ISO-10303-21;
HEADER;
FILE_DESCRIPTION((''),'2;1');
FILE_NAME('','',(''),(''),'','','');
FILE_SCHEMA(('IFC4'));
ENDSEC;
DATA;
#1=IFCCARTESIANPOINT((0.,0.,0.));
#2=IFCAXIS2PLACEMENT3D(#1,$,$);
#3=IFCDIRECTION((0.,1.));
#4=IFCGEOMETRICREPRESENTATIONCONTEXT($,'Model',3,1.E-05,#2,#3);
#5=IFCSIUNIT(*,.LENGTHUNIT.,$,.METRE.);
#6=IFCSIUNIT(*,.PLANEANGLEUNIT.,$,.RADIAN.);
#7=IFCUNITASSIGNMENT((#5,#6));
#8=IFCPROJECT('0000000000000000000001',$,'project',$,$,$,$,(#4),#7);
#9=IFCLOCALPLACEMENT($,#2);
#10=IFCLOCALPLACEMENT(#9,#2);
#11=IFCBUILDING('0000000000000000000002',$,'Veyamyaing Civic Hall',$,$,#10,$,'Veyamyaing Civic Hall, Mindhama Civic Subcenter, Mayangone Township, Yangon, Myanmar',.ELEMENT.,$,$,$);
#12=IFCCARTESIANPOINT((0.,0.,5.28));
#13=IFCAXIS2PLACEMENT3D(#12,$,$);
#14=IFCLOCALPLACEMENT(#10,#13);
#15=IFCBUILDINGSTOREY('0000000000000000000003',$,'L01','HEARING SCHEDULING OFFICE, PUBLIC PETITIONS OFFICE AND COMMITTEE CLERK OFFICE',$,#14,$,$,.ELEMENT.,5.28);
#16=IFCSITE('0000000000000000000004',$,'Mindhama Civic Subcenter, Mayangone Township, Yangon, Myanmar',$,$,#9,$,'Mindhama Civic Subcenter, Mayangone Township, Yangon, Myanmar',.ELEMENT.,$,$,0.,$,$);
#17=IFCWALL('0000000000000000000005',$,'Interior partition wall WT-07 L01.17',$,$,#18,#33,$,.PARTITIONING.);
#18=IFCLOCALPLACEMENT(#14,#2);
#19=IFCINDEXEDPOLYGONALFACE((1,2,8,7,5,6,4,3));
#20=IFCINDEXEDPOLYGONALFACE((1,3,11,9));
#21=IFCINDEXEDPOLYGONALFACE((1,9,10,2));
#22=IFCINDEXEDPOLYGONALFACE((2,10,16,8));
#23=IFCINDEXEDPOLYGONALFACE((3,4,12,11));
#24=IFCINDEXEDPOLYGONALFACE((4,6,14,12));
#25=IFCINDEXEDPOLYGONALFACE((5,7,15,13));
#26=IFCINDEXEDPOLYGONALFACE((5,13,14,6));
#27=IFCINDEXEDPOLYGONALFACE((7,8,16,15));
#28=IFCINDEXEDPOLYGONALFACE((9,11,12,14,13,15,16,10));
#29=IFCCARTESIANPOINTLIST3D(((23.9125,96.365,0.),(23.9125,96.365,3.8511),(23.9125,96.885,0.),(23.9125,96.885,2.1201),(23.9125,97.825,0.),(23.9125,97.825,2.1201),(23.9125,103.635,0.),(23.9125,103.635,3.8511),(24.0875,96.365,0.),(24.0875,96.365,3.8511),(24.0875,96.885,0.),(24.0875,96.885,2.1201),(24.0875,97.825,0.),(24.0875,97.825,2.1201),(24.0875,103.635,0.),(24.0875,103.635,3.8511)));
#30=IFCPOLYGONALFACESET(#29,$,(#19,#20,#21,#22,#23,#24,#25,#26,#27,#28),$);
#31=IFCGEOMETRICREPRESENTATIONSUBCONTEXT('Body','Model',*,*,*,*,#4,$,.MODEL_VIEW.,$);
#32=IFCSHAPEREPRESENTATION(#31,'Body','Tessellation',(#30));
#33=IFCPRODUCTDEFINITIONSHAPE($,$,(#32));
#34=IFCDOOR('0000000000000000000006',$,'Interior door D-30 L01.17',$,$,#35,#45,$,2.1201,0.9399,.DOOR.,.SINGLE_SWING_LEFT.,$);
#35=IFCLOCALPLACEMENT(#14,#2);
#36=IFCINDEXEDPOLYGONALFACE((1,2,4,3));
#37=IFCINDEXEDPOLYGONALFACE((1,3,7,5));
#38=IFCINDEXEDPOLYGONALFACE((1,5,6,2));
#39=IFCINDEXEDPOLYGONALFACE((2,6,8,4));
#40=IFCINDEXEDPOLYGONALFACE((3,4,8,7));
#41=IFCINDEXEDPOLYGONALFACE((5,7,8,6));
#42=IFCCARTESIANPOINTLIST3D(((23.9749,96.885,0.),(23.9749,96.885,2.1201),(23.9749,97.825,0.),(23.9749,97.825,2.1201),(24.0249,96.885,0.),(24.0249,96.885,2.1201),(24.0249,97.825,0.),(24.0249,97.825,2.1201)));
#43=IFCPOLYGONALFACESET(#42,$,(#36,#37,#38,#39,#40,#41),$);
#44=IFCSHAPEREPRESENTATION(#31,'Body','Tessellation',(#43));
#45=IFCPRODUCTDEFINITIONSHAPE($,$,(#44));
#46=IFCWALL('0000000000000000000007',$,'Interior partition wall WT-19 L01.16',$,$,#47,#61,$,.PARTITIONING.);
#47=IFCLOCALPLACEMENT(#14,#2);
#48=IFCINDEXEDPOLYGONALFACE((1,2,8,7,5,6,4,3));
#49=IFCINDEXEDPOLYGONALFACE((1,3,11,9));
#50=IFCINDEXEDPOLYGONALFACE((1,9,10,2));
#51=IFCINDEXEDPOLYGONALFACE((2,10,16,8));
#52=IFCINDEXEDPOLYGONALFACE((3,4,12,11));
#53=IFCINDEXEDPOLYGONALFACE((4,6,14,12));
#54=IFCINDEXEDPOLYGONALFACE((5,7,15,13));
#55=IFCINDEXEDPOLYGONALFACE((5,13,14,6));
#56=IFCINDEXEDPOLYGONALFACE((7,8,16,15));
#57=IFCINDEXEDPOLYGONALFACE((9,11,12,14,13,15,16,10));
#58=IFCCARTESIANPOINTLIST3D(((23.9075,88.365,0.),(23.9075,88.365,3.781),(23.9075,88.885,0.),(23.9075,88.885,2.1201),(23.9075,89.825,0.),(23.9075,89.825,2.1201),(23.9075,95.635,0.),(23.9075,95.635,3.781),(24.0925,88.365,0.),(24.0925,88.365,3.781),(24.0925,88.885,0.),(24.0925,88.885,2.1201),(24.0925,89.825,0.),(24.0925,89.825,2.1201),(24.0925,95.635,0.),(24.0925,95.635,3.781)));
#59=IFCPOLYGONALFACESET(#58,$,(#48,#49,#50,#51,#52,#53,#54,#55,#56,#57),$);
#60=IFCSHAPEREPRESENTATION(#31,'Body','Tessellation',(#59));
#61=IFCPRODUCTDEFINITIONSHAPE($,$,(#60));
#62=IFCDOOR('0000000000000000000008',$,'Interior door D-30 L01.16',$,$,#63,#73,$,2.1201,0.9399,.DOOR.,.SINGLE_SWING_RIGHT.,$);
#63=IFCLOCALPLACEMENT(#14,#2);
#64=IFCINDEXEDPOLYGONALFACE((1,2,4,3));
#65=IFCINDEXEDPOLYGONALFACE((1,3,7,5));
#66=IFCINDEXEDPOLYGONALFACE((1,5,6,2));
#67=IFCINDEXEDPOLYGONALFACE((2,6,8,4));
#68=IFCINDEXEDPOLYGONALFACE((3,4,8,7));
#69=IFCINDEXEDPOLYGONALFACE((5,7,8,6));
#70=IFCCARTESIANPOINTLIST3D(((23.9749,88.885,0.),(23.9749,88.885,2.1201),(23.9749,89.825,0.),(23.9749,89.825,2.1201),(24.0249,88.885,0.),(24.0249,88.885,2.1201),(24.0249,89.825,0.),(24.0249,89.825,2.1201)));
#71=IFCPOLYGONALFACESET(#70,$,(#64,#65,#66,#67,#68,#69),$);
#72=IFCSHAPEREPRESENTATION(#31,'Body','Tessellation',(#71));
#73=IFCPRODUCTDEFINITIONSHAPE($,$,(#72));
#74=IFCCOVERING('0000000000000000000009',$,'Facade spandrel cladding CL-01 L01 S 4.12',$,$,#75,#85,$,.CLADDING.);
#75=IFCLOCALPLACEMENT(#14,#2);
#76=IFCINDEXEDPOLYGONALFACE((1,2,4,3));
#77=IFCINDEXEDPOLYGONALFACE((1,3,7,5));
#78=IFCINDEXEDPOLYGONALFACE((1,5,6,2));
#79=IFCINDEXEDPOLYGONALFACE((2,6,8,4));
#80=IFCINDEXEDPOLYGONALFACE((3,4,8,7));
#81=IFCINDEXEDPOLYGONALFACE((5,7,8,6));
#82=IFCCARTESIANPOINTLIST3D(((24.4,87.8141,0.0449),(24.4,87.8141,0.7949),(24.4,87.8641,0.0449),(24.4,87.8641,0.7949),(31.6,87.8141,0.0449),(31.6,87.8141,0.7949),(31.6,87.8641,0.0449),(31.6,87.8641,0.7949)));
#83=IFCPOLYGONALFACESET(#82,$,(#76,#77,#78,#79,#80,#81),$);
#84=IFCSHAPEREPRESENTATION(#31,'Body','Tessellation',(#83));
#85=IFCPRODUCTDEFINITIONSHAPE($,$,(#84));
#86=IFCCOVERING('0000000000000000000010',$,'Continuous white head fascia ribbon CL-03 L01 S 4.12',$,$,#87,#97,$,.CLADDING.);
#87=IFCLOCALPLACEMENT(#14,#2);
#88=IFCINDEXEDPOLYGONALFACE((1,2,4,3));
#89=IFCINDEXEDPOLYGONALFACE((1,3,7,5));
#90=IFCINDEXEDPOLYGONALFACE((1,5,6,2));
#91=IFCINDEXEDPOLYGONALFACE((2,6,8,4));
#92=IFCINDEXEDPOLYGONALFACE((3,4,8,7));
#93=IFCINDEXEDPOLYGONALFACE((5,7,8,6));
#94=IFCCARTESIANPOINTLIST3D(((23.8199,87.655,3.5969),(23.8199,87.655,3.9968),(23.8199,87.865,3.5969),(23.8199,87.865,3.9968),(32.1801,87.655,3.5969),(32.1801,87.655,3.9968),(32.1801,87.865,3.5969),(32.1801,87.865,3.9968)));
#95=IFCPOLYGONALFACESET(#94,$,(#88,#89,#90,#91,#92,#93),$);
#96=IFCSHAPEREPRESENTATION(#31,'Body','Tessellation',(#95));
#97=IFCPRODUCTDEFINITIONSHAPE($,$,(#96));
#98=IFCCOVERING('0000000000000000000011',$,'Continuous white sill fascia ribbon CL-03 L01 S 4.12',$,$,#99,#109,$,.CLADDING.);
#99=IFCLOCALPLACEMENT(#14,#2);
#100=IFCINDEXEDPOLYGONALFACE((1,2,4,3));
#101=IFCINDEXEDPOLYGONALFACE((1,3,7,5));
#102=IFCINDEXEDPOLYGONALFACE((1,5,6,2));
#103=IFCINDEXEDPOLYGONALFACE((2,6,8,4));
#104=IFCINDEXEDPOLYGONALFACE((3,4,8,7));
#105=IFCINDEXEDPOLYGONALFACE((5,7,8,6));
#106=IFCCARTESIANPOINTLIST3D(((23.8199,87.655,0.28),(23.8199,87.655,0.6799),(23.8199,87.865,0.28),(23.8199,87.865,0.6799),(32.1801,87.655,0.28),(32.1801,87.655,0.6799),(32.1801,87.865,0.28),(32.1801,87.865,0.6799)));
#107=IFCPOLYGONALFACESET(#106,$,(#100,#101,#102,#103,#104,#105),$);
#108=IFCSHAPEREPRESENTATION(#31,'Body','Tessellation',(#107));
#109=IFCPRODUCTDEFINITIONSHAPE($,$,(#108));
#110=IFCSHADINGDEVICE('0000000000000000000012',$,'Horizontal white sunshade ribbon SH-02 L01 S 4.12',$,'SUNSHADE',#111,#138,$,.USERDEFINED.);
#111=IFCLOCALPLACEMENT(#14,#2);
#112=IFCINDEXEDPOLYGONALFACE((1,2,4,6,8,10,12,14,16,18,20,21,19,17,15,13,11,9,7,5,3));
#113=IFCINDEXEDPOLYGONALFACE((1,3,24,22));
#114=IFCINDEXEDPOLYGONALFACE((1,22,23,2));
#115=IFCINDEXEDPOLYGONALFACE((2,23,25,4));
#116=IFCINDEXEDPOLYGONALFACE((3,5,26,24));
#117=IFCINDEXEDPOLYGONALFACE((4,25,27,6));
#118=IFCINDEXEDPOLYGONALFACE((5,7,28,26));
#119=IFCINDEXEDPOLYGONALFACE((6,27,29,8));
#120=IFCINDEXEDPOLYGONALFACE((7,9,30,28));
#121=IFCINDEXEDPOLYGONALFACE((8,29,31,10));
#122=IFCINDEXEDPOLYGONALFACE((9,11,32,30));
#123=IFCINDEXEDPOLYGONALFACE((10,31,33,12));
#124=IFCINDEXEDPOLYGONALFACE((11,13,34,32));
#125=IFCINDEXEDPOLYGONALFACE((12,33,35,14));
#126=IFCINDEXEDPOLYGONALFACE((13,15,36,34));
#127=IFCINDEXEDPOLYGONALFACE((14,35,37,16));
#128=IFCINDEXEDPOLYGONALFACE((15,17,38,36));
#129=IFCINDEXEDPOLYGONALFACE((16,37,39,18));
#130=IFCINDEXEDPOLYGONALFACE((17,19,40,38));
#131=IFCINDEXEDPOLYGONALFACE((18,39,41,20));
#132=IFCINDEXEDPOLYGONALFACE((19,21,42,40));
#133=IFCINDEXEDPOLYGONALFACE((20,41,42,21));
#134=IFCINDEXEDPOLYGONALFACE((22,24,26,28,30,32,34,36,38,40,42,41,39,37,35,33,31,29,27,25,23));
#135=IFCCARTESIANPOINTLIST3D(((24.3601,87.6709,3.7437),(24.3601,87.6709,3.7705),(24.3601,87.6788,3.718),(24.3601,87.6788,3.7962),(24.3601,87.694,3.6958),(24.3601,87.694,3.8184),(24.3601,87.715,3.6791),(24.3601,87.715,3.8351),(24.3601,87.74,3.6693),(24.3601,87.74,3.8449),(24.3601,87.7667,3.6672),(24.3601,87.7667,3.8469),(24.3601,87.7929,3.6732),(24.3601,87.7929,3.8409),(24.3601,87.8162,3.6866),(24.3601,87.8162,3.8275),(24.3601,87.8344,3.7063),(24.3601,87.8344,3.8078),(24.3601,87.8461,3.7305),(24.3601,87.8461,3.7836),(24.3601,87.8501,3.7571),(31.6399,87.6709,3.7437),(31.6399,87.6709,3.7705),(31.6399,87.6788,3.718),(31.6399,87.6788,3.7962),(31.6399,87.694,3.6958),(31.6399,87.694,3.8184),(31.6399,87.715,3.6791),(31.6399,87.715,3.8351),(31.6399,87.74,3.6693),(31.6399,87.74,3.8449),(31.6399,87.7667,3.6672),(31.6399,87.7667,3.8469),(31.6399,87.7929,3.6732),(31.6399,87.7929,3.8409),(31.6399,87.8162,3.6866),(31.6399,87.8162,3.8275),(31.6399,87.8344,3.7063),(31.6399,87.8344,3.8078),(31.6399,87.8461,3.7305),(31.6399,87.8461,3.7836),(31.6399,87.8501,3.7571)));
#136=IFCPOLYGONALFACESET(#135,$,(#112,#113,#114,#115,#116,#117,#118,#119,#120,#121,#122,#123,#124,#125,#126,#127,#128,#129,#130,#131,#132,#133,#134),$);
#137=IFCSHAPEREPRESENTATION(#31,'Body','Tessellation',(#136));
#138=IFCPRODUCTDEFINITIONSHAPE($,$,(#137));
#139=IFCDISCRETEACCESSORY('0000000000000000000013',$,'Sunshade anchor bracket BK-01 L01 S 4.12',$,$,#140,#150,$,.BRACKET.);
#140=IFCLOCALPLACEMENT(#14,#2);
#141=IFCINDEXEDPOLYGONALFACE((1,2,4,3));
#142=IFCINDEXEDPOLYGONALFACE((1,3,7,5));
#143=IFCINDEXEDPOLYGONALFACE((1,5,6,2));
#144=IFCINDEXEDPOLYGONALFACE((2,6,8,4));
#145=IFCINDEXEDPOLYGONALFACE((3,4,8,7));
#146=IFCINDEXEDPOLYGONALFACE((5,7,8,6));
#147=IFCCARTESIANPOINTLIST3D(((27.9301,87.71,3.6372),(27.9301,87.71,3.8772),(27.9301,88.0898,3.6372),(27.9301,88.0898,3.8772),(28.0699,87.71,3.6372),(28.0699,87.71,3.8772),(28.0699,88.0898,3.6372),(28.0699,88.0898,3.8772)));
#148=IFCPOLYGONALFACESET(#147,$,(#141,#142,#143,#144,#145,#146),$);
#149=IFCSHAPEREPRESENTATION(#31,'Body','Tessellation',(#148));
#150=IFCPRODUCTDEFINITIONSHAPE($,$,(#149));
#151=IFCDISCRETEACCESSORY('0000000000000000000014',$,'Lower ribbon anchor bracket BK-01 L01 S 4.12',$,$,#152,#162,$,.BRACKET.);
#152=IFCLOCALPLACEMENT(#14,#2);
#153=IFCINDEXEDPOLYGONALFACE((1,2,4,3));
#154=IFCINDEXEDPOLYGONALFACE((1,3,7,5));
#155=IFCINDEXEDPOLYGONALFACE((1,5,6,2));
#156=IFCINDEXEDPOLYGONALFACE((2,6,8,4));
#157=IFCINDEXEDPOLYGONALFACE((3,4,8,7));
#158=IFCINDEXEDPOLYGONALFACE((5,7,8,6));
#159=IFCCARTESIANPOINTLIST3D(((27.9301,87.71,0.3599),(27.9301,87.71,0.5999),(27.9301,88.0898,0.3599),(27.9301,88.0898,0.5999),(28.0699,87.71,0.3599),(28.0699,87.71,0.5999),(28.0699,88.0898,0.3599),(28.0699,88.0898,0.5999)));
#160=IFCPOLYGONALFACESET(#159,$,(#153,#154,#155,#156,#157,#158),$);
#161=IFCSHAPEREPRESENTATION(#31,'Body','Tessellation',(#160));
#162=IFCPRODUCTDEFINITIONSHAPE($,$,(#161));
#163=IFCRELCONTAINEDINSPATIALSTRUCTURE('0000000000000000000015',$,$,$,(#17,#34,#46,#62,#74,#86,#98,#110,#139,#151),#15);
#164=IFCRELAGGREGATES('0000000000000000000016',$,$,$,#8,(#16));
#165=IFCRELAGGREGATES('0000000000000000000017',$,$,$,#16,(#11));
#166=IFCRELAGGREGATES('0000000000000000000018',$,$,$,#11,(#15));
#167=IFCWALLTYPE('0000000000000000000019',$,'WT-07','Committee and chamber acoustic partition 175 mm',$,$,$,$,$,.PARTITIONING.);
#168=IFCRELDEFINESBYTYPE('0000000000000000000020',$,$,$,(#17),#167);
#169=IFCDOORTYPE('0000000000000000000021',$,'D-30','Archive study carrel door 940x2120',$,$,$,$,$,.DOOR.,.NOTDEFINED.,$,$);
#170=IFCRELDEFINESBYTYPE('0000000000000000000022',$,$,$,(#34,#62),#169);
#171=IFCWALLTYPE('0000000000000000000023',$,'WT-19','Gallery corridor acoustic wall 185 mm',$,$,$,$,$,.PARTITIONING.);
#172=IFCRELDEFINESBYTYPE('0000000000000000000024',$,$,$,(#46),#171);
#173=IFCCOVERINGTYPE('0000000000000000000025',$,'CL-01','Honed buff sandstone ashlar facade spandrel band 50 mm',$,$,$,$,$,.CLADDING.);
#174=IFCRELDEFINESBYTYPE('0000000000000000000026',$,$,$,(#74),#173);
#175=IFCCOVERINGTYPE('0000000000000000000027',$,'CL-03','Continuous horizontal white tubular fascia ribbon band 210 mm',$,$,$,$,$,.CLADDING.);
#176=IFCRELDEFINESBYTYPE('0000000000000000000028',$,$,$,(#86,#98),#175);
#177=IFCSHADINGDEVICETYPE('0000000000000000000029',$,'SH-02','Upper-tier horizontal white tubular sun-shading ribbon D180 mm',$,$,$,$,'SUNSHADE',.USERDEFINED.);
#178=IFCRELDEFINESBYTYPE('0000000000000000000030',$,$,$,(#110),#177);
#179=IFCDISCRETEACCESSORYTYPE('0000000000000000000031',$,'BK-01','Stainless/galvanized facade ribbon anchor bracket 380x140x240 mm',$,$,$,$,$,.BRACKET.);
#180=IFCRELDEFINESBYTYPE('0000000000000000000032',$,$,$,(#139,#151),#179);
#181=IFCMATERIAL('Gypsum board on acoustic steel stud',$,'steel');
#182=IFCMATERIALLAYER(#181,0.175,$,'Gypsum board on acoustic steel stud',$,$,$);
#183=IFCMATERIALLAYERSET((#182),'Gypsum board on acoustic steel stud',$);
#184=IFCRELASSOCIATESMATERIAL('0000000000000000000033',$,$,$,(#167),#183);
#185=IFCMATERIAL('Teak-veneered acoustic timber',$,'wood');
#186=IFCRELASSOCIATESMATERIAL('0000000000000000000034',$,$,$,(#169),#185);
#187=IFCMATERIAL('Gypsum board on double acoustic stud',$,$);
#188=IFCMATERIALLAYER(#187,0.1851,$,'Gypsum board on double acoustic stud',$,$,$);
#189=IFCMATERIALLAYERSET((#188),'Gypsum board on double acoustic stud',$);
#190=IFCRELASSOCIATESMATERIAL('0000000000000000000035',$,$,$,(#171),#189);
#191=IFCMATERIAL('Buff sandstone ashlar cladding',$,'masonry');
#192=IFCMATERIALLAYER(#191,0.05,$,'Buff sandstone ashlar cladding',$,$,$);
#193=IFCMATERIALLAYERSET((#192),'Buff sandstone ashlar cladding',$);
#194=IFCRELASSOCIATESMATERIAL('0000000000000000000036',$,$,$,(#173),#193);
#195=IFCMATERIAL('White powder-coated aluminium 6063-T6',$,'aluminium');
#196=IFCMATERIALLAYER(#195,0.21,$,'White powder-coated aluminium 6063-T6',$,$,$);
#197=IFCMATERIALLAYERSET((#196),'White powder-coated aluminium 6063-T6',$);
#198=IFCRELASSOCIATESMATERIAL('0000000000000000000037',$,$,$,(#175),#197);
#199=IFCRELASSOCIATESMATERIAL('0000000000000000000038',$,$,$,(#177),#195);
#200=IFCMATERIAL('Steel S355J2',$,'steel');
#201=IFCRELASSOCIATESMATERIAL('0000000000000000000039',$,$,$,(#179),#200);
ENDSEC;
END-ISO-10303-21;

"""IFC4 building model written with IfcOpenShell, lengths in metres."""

from ifc_helpers import new_model, si_unit, direction, frame, frame_2d, origin, origin_2d, place, context, subcontext, project, spatial, rectangle, circle, extrude, material, layer, layer_set, material_profile, profile_set, type_object, element, fill, save


model = new_model("IFC4")

# Units and contexts
model_context = context("Model", 3, precision=1e-05, world=origin(), true_north=direction((0.0, 1.0)))
body_context = subcontext(model_context, "Body", "Model", "MODEL_VIEW")
ifc_project = project(units=[si_unit("LENGTHUNIT", "METRE"), si_unit("PLANEANGLEUNIT", "RADIAN")], contexts=[model_context])

# Site, building, storey
site_placement = place(None, origin())
site = spatial("IfcSite", under=ifc_project, at=site_placement, Name="Mindhama Civic Subcenter, Mayangone Township, Yangon, Myanmar", LongName="Mindhama Civic Subcenter, Mayangone Township, Yangon, Myanmar", CompositionType="ELEMENT", RefElevation=0.0)
building_placement = place(site_placement, origin())
building = spatial("IfcBuilding", under=site, at=building_placement, Name="Veyamyaing Civic Hall", LongName="Veyamyaing Civic Hall, Mindhama Civic Subcenter, Mayangone Township, Yangon, Myanmar", CompositionType="ELEMENT")
storey_placement = place(building_placement, frame((0.0, 0.0, 5.28)))
storey = spatial("IfcBuildingStorey", under=building, at=storey_placement, Name="L01", Description="HEARING SCHEDULING OFFICE, PUBLIC PETITIONS OFFICE AND COMMITTEE CLERK OFFICE", CompositionType="ELEMENT", Elevation=5.28)

# Walls, openings, doors
ifc_material_1 = material(Name="Gypsum board on acoustic steel stud", Category="steel")
ifc_layer_1 = layer(ifc_material_1, 0.175, Name="Gypsum board on acoustic steel stud")
ifc_layer_set_1 = layer_set([ifc_layer_1], Name="Gypsum board on acoustic steel stud")
wall_type_1 = type_object("IfcWallType", Name="WT-07", Description="Committee and chamber acoustic partition 175 mm", PredefinedType="PARTITIONING", material=ifc_layer_set_1)
wall_1_placement = place(storey_placement, frame((24.0, 96.365, 0.0), z_axis=(0.0, 0.0, 1.0), x_axis=(0.0, 1.0, 0.0)))
wall_1 = element("IfcWall", 1, at=wall_1_placement, inside=storey, type_object=wall_type_1, Name="Interior partition wall WT-07 L01.17", PredefinedType="PARTITIONING", context=body_context, shape_type="SweptSolid", body=[
    extrude(rectangle(XDim=7.27, YDim=0.175, at=frame_2d((3.635, 0.0))), origin(), (0.0, 0.0, 1.0), 3.8511),
])
opening_1_placement = place(wall_1_placement, frame((0.52, 0.0, 0.0)))
opening_1 = element("IfcOpeningElement", 2, at=opening_1_placement, cuts=wall_1, PredefinedType="OPENING", context=body_context, shape_type="SweptSolid", body=[
    extrude(rectangle(XDim=0.9399, YDim=2.1201, at=frame_2d((0.47, 1.0601))), frame((0.0, 0.0974, 0.0), z_axis=(0.0, -1.0, 0.0), x_axis=(1.0, 0.0, 0.0)), (0.0, 0.0, 1.0), 0.1951),
])
ifc_material_2 = material(Name="Teak-veneered acoustic timber", Category="wood")
door_type = type_object("IfcDoorType", Name="D-30", Description="Archive study carrel door 940x2120", OperationType="NOTDEFINED", PredefinedType="DOOR", material=ifc_material_2)
door_1_placement = place(opening_1_placement, frame((0.9399, 0.0, 0.0), z_axis=(0.0, 0.0, 1.0), x_axis=(-1.0, 0.0, 0.0)))
door_1 = element("IfcDoor", 3, at=door_1_placement, inside=storey, type_object=door_type, Name="Interior door D-30 L01.17", OperationType="SINGLE_SWING_LEFT", OverallHeight=2.1201, OverallWidth=0.9399, PredefinedType="DOOR", context=body_context, shape_type="SweptSolid", body=[
    extrude(rectangle(XDim=0.9399, YDim=2.1201, at=frame_2d((0.47, 1.0601))), frame((0.0, 0.0249, 0.0), z_axis=(0.0, -1.0, 0.0), x_axis=(1.0, 0.0, 0.0)), (0.0, 0.0, 1.0), 0.05),
])
fill(opening_1, door_1)
ifc_material_3 = material(Name="Gypsum board on double acoustic stud")
ifc_layer_2 = layer(ifc_material_3, 0.1851, Name="Gypsum board on double acoustic stud")
ifc_layer_set_2 = layer_set([ifc_layer_2], Name="Gypsum board on double acoustic stud")
wall_type_2 = type_object("IfcWallType", Name="WT-19", Description="Gallery corridor acoustic wall 185 mm", PredefinedType="PARTITIONING", material=ifc_layer_set_2)
wall_2_placement = place(storey_placement, frame((24.0, 88.365, 0.0), z_axis=(0.0, 0.0, 1.0), x_axis=(0.0, 1.0, 0.0)))
wall_2 = element("IfcWall", 4, at=wall_2_placement, inside=storey, type_object=wall_type_2, Name="Interior partition wall WT-19 L01.16", PredefinedType="PARTITIONING", context=body_context, shape_type="SweptSolid", body=[
    extrude(rectangle(XDim=7.27, YDim=0.1851, at=frame_2d((3.635, 0.0))), origin(), (0.0, 0.0, 1.0), 3.781),
])
opening_2_placement = place(wall_2_placement, frame((0.52, 0.0, 0.0)))
opening_2 = element("IfcOpeningElement", 5, at=opening_2_placement, cuts=wall_2, PredefinedType="OPENING", context=body_context, shape_type="SweptSolid", body=[
    extrude(rectangle(XDim=0.9399, YDim=2.1201, at=frame_2d((0.47, 1.0601))), frame((0.0, 0.1025, 0.0), z_axis=(0.0, -1.0, 0.0), x_axis=(1.0, 0.0, 0.0)), (0.0, 0.0, 1.0), 0.2051),
])
door_2_placement = place(opening_2_placement, frame((0.9399, 0.0, 0.0), z_axis=(0.0, 0.0, 1.0), x_axis=(-1.0, 0.0, 0.0)))
door_2 = element("IfcDoor", 6, at=door_2_placement, inside=storey, type_object=door_type, Name="Interior door D-30 L01.16", OperationType="SINGLE_SWING_RIGHT", OverallHeight=2.1201, OverallWidth=0.9399, PredefinedType="DOOR", context=body_context, shape_type="SweptSolid", body=[
    extrude(rectangle(XDim=0.9399, YDim=2.1201, at=frame_2d((0.47, 1.0601))), frame((0.0, 0.0249, 0.0), z_axis=(0.0, -1.0, 0.0), x_axis=(1.0, 0.0, 0.0)), (0.0, 0.0, 1.0), 0.05),
])
fill(opening_2, door_2)

# Coverings
ifc_material_4 = material(Name="Buff sandstone ashlar cladding", Category="masonry")
ifc_layer_3 = layer(ifc_material_4, 0.05, Name="Buff sandstone ashlar cladding")
ifc_layer_set_3 = layer_set([ifc_layer_3], Name="Buff sandstone ashlar cladding")
covering_type_1 = type_object("IfcCoveringType", Name="CL-01", Description="Honed buff sandstone ashlar facade spandrel band 50 mm", PredefinedType="CLADDING", material=ifc_layer_set_3)
covering_placement = place(storey_placement, frame((28.0, 87.8391, 0.0449), z_axis=(0.0, 0.0, 1.0), x_axis=(1.0, 0.0, 0.0)))
element("IfcCovering", 7, at=covering_placement, inside=storey, type_object=covering_type_1, Name="Facade spandrel cladding CL-01 L01 S 4.12", PredefinedType="CLADDING", context=body_context, shape_type="SweptSolid", body=[
    extrude(rectangle(XDim=7.2, YDim=0.05, at=origin_2d()), origin(), (0.0, 0.0, 1.0), 0.75),
])
ifc_material_5 = material(Name="White powder-coated aluminium 6063-T6", Category="aluminium")
ifc_layer_4 = layer(ifc_material_5, 0.21, Name="White powder-coated aluminium 6063-T6")
ifc_layer_set_4 = layer_set([ifc_layer_4], Name="White powder-coated aluminium 6063-T6")
covering_type_2 = type_object("IfcCoveringType", Name="CL-03", Description="Continuous horizontal white tubular fascia ribbon band 210 mm", PredefinedType="CLADDING", material=ifc_layer_set_4)
for number, where, z_axis, x_axis, name in (
    (8, (28.0, 87.76, 3.5969), (0.0, 0.0, 1.0), (1.0, 0.0, 0.0), "Continuous white head fascia ribbon CL-03 L01 S 4.12"),
    (9, (28.0, 87.76, 0.28), (0.0, 0.0, 1.0), (1.0, 0.0, 0.0), "Continuous white sill fascia ribbon CL-03 L01 S 4.12"),
):
    element("IfcCovering", number, at=place(storey_placement, frame(where, z_axis=z_axis, x_axis=x_axis)), inside=storey, type_object=covering_type_2, Name=name, PredefinedType="CLADDING", context=body_context, shape_type="SweptSolid", body=[
        extrude(rectangle(XDim=8.3601, YDim=0.21, at=origin_2d()), origin(), (0.0, 0.0, 1.0), 0.3999),
    ])

# Shading device
ifc_material_profile_1 = material_profile(ifc_material_5, circle(Radius=0.0901, at=origin_2d()), Name="SHADE-TUBE-180")
ifc_profile_set_1 = profile_set([ifc_material_profile_1], Name="White powder-coated aluminium 6063-T6")
shading_device_type = type_object("IfcShadingDeviceType", Name="SH-02", Description="Upper-tier horizontal white tubular sun-shading ribbon D180 mm", ElementType="SUNSHADE", PredefinedType="USERDEFINED", material=ifc_profile_set_1)
shading_device_placement = place(storey_placement, frame((24.3601, 87.76, 3.7571), z_axis=(1.0, 0.0, 0.0), x_axis=(0.0, 1.0, 0.0)))
element("IfcShadingDevice", 10, at=shading_device_placement, inside=storey, type_object=shading_device_type, Name="Horizontal white sunshade ribbon SH-02 L01 S 4.12", ObjectType="SUNSHADE", PredefinedType="USERDEFINED", context=body_context, shape_type="SweptSolid", body=[
    extrude(circle(Radius=0.0901, at=origin_2d()), origin(), (0.0, 0.0, 1.0), 7.2798),
])

# Discrete accessories
ifc_material_6 = material(Name="Steel S355J2", Category="steel")
discrete_accessory_type = type_object("IfcDiscreteAccessoryType", Name="BK-01", Description="Stainless/galvanized facade ribbon anchor bracket 380x140x240 mm", PredefinedType="BRACKET", material=ifc_material_6)
for number, where, z_axis, x_axis, name in (
    (11, (28.0, 87.8999, 3.6372), (0.0, 0.0, 1.0), (0.0, -1.0, 0.0), "Sunshade anchor bracket BK-01 L01 S 4.12"),
    (12, (28.0, 87.8999, 0.3599), (0.0, 0.0, 1.0), (0.0, -1.0, 0.0), "Lower ribbon anchor bracket BK-01 L01 S 4.12"),
):
    element("IfcDiscreteAccessory", number, at=place(storey_placement, frame(where, z_axis=z_axis, x_axis=x_axis)), inside=storey, type_object=discrete_accessory_type, Name=name, PredefinedType="BRACKET", context=body_context, shape_type="SweptSolid", body=[
        extrude(rectangle(XDim=0.3799, YDim=0.1399, at=origin_2d()), origin(), (0.0, 0.0, 1.0), 0.24),
    ])

save(model, "model.ifc")
